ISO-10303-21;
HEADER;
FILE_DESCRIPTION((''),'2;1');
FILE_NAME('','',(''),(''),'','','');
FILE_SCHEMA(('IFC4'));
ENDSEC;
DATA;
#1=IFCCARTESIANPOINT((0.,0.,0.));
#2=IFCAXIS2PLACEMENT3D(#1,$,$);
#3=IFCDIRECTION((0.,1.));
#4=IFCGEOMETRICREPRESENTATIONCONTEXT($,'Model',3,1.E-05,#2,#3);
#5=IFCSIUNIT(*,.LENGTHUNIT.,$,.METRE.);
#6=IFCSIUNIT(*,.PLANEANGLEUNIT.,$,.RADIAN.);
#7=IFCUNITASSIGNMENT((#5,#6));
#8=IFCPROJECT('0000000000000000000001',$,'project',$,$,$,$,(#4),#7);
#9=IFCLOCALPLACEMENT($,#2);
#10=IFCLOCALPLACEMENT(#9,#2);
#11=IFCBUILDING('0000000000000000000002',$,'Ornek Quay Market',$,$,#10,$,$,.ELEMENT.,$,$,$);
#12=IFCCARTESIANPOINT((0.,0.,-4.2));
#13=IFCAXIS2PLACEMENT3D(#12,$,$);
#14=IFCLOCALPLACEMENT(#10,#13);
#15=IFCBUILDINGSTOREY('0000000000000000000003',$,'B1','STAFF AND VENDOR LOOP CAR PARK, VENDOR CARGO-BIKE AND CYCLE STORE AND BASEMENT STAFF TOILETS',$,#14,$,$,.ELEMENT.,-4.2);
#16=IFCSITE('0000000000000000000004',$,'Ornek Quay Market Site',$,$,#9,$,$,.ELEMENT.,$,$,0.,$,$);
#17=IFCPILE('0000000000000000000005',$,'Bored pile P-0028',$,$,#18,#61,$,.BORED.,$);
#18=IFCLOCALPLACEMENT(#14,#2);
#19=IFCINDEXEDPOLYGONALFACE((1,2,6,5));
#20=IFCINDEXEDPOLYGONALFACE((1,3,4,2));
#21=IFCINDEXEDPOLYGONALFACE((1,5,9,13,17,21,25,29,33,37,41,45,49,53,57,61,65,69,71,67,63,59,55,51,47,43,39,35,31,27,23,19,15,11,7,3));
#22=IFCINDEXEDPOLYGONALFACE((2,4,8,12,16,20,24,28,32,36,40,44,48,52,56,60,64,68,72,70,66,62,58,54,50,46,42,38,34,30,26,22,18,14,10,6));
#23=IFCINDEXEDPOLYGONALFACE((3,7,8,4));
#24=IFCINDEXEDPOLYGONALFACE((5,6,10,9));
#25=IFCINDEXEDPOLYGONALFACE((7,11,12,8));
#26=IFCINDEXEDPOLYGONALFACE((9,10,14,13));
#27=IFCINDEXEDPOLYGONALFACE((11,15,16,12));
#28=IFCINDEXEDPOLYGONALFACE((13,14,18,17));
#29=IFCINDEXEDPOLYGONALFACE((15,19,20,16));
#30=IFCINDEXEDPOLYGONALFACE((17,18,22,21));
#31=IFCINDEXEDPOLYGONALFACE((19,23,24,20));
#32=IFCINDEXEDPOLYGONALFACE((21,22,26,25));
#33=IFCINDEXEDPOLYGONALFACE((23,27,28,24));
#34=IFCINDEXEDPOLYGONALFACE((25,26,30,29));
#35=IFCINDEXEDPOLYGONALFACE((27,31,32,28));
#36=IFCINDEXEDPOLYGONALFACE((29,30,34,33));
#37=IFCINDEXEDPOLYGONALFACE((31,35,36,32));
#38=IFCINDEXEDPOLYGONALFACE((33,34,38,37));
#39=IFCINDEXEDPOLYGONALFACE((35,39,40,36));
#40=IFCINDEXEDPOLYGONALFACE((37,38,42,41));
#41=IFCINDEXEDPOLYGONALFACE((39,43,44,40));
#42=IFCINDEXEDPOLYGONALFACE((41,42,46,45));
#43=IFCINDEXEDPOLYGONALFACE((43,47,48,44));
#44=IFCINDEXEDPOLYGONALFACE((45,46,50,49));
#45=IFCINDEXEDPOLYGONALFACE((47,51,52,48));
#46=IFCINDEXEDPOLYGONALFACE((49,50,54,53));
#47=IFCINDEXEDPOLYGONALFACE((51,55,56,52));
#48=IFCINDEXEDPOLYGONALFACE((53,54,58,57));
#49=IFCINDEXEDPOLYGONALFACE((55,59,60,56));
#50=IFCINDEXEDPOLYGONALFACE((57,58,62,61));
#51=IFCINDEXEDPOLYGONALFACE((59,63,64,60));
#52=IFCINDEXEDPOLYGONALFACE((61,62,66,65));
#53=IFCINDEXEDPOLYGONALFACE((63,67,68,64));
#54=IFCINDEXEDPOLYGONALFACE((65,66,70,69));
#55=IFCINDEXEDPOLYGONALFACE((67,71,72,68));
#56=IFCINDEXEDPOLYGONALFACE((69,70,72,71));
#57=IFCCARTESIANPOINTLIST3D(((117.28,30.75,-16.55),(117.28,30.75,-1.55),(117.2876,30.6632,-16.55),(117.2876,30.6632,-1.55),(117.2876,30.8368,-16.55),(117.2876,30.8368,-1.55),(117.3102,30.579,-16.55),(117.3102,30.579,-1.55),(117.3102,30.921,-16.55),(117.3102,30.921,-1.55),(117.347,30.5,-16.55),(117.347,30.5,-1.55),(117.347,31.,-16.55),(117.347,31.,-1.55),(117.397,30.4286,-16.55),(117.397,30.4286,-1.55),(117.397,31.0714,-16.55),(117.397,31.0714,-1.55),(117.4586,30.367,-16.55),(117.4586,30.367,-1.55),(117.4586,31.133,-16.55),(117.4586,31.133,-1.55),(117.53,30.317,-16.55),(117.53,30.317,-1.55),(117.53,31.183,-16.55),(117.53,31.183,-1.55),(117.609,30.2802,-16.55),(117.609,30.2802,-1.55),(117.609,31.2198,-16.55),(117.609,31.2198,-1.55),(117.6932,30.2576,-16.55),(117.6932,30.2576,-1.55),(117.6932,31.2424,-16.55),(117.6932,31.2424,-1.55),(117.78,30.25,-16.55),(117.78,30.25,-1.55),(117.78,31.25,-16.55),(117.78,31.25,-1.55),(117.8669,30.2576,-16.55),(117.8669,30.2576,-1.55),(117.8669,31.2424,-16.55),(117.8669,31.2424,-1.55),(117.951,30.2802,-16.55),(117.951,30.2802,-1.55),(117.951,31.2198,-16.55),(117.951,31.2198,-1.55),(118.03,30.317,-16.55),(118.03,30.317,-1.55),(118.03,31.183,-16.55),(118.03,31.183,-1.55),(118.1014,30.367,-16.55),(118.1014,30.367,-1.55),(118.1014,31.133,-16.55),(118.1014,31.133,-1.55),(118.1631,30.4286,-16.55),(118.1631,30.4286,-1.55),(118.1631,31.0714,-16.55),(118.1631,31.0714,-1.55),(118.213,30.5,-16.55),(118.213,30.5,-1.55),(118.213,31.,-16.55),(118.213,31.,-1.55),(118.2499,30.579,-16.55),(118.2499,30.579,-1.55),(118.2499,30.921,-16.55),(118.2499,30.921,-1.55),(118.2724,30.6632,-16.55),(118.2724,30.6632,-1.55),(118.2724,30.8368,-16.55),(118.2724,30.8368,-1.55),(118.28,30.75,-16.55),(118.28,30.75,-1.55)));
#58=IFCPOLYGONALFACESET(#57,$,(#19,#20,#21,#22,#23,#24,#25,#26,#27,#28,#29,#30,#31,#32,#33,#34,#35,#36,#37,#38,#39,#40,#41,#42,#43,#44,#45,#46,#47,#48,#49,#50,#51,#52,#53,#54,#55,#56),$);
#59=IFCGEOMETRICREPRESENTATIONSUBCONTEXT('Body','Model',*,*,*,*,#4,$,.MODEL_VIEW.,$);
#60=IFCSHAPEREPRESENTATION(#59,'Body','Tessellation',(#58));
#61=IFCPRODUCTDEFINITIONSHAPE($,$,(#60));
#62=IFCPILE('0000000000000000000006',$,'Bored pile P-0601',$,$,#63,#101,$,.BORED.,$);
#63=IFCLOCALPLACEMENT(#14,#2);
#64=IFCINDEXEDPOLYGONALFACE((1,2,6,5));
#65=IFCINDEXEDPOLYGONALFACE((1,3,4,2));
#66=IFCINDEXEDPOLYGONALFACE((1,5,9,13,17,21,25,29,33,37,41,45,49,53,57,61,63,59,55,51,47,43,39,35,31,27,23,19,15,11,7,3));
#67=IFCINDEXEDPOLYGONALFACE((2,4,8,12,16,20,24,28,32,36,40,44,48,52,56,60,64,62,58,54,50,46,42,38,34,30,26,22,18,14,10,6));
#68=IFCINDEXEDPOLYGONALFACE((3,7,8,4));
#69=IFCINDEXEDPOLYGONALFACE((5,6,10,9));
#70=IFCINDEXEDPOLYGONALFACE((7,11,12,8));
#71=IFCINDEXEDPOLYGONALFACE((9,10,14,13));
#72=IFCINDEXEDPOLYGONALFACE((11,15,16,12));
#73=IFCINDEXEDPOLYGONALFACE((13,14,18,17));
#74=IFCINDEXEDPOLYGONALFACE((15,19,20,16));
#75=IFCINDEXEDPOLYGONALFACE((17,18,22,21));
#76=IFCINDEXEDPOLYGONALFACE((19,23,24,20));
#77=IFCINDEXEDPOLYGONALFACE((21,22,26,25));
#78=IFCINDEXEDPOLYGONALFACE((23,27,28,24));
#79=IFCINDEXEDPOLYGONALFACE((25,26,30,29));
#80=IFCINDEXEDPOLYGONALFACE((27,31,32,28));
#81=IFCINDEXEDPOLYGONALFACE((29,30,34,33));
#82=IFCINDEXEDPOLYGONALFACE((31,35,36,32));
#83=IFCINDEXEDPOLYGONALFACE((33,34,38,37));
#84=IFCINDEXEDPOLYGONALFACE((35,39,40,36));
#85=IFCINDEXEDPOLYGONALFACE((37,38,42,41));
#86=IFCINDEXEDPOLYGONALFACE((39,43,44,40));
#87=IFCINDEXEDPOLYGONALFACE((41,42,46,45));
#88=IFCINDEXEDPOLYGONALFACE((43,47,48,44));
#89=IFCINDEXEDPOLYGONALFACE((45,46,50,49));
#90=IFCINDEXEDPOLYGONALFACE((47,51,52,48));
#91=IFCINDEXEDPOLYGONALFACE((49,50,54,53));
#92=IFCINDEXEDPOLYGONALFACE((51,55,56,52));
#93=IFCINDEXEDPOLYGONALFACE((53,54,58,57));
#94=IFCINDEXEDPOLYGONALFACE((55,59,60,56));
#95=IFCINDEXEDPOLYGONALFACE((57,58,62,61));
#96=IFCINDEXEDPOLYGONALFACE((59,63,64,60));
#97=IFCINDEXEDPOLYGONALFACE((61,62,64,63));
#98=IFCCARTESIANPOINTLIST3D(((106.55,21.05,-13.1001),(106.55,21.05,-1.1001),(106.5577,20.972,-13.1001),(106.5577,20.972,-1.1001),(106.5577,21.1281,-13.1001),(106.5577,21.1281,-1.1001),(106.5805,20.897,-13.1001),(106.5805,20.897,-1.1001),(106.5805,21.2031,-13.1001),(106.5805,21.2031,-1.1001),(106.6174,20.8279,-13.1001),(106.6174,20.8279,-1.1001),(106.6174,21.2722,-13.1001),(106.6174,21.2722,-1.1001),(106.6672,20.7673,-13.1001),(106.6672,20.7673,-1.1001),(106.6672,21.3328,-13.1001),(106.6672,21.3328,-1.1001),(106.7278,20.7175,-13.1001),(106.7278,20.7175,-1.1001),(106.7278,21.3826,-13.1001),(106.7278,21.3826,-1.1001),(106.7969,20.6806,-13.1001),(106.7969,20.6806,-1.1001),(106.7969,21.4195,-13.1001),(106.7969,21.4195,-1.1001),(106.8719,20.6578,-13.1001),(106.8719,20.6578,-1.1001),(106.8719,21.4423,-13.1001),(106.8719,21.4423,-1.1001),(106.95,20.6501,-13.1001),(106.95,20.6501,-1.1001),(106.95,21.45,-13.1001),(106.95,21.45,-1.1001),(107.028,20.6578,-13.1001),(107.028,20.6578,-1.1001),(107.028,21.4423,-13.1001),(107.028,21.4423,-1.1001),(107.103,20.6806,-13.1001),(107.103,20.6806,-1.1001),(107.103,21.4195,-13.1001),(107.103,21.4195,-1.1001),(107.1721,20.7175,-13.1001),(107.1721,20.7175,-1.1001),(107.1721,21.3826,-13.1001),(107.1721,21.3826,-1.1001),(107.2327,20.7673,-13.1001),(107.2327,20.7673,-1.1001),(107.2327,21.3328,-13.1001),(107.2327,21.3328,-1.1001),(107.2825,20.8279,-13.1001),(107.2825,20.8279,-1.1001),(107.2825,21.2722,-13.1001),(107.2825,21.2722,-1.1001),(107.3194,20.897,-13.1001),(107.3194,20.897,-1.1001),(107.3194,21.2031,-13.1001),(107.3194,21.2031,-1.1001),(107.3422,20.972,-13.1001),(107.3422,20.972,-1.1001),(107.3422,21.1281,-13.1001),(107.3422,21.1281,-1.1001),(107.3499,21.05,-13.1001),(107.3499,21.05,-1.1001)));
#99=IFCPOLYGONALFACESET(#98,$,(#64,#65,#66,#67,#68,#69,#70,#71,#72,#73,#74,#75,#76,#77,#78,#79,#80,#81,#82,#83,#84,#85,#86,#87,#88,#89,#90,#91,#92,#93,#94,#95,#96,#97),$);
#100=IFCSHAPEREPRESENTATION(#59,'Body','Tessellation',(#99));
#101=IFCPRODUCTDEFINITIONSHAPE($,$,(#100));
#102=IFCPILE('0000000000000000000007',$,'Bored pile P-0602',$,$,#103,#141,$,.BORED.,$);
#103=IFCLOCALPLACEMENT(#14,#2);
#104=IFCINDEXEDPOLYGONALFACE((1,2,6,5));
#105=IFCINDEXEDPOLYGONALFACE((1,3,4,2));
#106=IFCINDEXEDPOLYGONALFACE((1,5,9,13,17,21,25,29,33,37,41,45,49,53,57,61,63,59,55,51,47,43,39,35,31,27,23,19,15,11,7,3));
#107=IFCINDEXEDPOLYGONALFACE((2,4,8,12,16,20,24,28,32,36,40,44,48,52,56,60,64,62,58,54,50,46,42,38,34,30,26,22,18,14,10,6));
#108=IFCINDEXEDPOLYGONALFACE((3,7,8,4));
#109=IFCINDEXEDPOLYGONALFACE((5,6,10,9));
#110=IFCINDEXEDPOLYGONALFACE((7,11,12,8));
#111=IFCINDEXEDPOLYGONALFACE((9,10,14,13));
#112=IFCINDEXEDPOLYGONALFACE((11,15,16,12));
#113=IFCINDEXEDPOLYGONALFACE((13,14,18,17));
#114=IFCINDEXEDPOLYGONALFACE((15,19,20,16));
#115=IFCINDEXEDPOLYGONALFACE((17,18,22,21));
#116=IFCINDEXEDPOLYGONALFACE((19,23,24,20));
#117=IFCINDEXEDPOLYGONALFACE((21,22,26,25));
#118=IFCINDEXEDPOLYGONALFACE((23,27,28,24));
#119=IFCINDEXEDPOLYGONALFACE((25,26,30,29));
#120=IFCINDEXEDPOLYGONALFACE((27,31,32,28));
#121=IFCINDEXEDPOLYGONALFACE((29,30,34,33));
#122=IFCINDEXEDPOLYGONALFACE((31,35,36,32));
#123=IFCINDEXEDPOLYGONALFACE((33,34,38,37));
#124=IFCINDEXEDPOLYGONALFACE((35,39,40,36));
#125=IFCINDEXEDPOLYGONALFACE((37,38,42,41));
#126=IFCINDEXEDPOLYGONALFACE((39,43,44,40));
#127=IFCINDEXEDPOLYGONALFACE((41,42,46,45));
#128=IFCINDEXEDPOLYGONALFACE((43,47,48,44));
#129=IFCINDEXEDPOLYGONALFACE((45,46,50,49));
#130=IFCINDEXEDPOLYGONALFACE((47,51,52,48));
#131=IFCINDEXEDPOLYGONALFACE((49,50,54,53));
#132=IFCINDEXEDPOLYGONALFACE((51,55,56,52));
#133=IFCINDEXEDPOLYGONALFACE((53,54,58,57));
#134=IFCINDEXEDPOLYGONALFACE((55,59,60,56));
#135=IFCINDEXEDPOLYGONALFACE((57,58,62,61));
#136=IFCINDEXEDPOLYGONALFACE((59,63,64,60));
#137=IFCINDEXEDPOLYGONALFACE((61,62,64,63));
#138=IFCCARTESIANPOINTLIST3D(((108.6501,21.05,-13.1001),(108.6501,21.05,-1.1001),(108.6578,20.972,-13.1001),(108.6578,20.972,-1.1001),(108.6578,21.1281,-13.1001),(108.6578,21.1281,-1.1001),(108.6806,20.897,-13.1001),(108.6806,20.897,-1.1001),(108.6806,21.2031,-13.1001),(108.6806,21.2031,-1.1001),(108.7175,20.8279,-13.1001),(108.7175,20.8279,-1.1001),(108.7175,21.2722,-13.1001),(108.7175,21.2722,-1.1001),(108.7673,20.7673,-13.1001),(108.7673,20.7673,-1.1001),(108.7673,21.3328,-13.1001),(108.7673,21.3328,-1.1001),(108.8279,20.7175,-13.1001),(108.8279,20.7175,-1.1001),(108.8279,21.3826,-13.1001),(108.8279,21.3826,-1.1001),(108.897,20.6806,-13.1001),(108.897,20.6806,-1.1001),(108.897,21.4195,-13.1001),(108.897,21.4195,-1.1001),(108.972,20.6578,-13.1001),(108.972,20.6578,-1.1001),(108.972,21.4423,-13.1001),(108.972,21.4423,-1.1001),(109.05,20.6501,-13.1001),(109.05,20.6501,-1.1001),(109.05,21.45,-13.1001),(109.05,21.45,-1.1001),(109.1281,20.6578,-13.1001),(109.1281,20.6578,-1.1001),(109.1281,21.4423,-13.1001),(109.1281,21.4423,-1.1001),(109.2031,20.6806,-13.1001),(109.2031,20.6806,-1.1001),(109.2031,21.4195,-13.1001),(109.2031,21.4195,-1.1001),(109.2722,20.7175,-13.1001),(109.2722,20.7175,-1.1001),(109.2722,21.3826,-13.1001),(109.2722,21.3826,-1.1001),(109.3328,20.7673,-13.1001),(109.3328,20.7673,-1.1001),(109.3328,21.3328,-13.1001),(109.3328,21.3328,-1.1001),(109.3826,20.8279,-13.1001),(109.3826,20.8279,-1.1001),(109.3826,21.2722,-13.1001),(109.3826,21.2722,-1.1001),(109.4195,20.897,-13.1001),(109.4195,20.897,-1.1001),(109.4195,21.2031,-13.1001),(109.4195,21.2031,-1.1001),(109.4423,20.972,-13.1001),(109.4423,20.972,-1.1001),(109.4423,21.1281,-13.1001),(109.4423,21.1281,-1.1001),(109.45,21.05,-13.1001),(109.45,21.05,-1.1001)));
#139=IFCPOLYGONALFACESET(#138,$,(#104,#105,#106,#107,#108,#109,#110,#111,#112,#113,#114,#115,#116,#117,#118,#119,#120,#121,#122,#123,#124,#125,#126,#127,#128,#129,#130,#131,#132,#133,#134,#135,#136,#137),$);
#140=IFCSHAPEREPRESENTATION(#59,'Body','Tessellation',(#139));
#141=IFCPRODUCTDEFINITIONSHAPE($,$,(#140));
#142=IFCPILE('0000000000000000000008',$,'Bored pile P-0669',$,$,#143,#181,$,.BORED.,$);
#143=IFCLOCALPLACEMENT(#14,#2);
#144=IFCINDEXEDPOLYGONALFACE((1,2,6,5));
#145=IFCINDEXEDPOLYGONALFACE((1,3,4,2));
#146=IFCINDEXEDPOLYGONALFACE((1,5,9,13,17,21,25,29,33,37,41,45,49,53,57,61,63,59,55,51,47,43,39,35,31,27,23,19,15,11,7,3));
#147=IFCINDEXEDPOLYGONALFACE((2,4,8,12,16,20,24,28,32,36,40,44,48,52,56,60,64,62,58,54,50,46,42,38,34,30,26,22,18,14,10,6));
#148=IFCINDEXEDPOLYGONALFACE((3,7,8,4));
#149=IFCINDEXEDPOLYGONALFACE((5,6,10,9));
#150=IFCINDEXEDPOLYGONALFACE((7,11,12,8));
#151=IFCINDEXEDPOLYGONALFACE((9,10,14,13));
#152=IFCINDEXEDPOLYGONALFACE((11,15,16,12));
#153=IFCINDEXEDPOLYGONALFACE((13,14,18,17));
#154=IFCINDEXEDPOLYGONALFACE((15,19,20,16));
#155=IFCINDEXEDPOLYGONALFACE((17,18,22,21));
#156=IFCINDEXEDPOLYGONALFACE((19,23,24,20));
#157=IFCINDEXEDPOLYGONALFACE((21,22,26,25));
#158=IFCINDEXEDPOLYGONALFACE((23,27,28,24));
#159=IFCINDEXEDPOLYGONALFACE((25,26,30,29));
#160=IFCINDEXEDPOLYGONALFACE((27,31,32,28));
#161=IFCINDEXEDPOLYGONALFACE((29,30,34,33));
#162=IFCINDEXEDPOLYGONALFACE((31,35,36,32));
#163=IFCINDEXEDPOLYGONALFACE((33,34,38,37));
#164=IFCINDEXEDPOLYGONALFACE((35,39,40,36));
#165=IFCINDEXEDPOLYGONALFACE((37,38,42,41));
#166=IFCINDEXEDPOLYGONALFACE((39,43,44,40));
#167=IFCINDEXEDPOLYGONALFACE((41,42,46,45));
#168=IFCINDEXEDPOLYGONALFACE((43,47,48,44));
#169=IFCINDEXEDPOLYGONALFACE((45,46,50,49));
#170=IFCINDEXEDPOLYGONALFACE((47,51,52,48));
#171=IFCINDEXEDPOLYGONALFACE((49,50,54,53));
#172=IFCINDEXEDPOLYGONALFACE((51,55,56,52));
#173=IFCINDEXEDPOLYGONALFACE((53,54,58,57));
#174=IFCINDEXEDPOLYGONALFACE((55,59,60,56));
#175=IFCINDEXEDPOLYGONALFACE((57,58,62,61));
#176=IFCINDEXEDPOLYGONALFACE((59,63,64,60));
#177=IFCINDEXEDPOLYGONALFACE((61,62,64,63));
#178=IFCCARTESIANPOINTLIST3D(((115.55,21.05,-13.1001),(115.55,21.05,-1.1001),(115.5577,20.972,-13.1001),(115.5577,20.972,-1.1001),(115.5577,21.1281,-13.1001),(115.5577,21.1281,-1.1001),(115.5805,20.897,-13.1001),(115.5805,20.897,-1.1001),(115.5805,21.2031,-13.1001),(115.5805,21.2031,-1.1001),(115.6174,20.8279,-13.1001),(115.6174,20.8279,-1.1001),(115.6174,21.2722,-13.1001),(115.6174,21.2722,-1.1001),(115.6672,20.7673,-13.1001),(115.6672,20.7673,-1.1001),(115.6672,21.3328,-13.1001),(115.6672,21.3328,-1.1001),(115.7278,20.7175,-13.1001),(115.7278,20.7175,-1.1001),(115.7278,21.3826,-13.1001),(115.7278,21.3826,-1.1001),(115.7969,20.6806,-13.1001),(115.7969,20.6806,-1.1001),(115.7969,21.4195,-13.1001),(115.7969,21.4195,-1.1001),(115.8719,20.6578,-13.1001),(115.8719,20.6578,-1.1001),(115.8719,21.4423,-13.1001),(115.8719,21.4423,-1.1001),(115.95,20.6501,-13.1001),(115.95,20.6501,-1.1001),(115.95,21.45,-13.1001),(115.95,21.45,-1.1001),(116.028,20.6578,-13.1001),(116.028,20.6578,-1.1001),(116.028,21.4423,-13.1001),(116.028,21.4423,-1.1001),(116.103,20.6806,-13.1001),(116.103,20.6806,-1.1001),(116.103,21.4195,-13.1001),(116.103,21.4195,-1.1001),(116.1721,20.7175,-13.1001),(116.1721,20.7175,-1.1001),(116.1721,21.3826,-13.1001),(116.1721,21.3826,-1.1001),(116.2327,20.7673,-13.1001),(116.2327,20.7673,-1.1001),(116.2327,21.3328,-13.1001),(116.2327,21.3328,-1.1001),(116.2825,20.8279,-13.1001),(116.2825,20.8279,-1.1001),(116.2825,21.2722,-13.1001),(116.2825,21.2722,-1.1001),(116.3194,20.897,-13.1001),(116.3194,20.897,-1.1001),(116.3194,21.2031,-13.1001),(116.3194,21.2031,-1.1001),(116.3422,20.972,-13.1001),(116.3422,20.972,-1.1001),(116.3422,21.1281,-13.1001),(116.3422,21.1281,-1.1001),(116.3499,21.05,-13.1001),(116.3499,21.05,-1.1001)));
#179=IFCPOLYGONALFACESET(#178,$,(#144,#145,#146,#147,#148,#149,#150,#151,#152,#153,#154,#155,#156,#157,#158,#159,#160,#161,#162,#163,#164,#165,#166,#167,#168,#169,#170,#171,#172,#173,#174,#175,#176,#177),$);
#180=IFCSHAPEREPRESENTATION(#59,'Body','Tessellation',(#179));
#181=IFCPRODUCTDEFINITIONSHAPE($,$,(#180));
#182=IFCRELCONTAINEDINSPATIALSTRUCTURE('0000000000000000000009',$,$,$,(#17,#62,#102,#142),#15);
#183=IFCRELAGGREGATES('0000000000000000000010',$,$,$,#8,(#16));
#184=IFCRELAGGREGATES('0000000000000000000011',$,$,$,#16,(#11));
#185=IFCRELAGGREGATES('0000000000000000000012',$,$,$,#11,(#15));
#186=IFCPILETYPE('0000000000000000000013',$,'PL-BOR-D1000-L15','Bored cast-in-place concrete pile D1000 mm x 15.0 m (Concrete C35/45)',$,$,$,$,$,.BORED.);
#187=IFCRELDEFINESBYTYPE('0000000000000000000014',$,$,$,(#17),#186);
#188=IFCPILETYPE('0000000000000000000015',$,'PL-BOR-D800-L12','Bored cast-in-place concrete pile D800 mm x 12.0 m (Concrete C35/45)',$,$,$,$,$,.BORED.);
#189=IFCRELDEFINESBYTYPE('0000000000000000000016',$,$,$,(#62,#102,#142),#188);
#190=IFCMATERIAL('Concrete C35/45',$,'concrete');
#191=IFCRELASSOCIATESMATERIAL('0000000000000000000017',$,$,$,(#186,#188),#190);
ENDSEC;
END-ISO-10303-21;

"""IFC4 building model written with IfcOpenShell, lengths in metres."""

from ifc_helpers import new_model, si_unit, direction, frame, origin, origin_2d, place, context, subcontext, project, spatial, circle, extrude, material, material_profile, profile_set, type_object, element, save


model = new_model("IFC4")

# Units and contexts
model_context = context("Model", 3, precision=1e-05, world=origin(), true_north=direction((0.0, 1.0)))
body_context = subcontext(model_context, "Body", "Model", "MODEL_VIEW")
ifc_project = project(units=[si_unit("LENGTHUNIT", "METRE"), si_unit("PLANEANGLEUNIT", "RADIAN")], contexts=[model_context])

# Site, building, storey
site_placement = place(None, origin())
site = spatial("IfcSite", under=ifc_project, at=site_placement, Name="Ornek Quay Market Site", CompositionType="ELEMENT", RefElevation=0.0)
building_placement = place(site_placement, origin())
building = spatial("IfcBuilding", under=site, at=building_placement, Name="Ornek Quay Market", CompositionType="ELEMENT")
storey_placement = place(building_placement, frame((0.0, 0.0, -4.2)))
storey = spatial("IfcBuildingStorey", under=building, at=storey_placement, Name="B1", Description="STAFF AND VENDOR LOOP CAR PARK, VENDOR CARGO-BIKE AND CYCLE STORE AND BASEMENT STAFF TOILETS", CompositionType="ELEMENT", Elevation=-4.2)

# Piles
ifc_material_1 = material(Name="Concrete C35/45", Category="concrete")
ifc_material_profile_1 = material_profile(ifc_material_1, circle(Radius=0.5, at=origin_2d()), Name="PILE D1000", Category="concrete")
ifc_profile_set_1 = profile_set([ifc_material_profile_1], Name="Concrete C35/45")
pile_type_1 = type_object("IfcPileType", Name="PL-BOR-D1000-L15", Description="Bored cast-in-place concrete pile D1000 mm x 15.0 m (Concrete C35/45)", PredefinedType="BORED", material=ifc_profile_set_1)
pile_placement = place(storey_placement, frame((117.78, 30.75, -1.55), z_axis=(0.0, 0.0, -1.0), x_axis=(1.0, 0.0, 0.0)))
element("IfcPile", 1, at=pile_placement, inside=storey, type_object=pile_type_1, Name="Bored pile P-0028", PredefinedType="BORED", context=body_context, shape_type="SweptSolid", body=[
    extrude(circle(Radius=0.5, at=origin_2d()), origin(), (0.0, 0.0, 1.0), 15.0),
])
ifc_material_profile_2 = material_profile(ifc_material_1, circle(Radius=0.3999, at=origin_2d()), Name="PILE D800", Category="concrete")
ifc_profile_set_2 = profile_set([ifc_material_profile_2], Name="Concrete C35/45")
pile_type_2 = type_object("IfcPileType", Name="PL-BOR-D800-L12", Description="Bored cast-in-place concrete pile D800 mm x 12.0 m (Concrete C35/45)", PredefinedType="BORED", material=ifc_profile_set_2)
for number, where, z_axis, x_axis, name in (
    (2, (106.95, 21.05, -1.1001), (0.0, 0.0, -1.0), (1.0, 0.0, 0.0), "Bored pile P-0601"),
    (3, (109.05, 21.05, -1.1001), (0.0, 0.0, -1.0), (1.0, 0.0, 0.0), "Bored pile P-0602"),
    (4, (115.95, 21.05, -1.1001), (0.0, 0.0, -1.0), (1.0, 0.0, 0.0), "Bored pile P-0669"),
):
    element("IfcPile", number, at=place(storey_placement, frame(where, z_axis=z_axis, x_axis=x_axis)), inside=storey, type_object=pile_type_2, Name=name, PredefinedType="BORED", context=body_context, shape_type="SweptSolid", body=[
        extrude(circle(Radius=0.3999, at=origin_2d()), origin(), (0.0, 0.0, 1.0), 12.0),
    ])

save(model, "model.ifc")
